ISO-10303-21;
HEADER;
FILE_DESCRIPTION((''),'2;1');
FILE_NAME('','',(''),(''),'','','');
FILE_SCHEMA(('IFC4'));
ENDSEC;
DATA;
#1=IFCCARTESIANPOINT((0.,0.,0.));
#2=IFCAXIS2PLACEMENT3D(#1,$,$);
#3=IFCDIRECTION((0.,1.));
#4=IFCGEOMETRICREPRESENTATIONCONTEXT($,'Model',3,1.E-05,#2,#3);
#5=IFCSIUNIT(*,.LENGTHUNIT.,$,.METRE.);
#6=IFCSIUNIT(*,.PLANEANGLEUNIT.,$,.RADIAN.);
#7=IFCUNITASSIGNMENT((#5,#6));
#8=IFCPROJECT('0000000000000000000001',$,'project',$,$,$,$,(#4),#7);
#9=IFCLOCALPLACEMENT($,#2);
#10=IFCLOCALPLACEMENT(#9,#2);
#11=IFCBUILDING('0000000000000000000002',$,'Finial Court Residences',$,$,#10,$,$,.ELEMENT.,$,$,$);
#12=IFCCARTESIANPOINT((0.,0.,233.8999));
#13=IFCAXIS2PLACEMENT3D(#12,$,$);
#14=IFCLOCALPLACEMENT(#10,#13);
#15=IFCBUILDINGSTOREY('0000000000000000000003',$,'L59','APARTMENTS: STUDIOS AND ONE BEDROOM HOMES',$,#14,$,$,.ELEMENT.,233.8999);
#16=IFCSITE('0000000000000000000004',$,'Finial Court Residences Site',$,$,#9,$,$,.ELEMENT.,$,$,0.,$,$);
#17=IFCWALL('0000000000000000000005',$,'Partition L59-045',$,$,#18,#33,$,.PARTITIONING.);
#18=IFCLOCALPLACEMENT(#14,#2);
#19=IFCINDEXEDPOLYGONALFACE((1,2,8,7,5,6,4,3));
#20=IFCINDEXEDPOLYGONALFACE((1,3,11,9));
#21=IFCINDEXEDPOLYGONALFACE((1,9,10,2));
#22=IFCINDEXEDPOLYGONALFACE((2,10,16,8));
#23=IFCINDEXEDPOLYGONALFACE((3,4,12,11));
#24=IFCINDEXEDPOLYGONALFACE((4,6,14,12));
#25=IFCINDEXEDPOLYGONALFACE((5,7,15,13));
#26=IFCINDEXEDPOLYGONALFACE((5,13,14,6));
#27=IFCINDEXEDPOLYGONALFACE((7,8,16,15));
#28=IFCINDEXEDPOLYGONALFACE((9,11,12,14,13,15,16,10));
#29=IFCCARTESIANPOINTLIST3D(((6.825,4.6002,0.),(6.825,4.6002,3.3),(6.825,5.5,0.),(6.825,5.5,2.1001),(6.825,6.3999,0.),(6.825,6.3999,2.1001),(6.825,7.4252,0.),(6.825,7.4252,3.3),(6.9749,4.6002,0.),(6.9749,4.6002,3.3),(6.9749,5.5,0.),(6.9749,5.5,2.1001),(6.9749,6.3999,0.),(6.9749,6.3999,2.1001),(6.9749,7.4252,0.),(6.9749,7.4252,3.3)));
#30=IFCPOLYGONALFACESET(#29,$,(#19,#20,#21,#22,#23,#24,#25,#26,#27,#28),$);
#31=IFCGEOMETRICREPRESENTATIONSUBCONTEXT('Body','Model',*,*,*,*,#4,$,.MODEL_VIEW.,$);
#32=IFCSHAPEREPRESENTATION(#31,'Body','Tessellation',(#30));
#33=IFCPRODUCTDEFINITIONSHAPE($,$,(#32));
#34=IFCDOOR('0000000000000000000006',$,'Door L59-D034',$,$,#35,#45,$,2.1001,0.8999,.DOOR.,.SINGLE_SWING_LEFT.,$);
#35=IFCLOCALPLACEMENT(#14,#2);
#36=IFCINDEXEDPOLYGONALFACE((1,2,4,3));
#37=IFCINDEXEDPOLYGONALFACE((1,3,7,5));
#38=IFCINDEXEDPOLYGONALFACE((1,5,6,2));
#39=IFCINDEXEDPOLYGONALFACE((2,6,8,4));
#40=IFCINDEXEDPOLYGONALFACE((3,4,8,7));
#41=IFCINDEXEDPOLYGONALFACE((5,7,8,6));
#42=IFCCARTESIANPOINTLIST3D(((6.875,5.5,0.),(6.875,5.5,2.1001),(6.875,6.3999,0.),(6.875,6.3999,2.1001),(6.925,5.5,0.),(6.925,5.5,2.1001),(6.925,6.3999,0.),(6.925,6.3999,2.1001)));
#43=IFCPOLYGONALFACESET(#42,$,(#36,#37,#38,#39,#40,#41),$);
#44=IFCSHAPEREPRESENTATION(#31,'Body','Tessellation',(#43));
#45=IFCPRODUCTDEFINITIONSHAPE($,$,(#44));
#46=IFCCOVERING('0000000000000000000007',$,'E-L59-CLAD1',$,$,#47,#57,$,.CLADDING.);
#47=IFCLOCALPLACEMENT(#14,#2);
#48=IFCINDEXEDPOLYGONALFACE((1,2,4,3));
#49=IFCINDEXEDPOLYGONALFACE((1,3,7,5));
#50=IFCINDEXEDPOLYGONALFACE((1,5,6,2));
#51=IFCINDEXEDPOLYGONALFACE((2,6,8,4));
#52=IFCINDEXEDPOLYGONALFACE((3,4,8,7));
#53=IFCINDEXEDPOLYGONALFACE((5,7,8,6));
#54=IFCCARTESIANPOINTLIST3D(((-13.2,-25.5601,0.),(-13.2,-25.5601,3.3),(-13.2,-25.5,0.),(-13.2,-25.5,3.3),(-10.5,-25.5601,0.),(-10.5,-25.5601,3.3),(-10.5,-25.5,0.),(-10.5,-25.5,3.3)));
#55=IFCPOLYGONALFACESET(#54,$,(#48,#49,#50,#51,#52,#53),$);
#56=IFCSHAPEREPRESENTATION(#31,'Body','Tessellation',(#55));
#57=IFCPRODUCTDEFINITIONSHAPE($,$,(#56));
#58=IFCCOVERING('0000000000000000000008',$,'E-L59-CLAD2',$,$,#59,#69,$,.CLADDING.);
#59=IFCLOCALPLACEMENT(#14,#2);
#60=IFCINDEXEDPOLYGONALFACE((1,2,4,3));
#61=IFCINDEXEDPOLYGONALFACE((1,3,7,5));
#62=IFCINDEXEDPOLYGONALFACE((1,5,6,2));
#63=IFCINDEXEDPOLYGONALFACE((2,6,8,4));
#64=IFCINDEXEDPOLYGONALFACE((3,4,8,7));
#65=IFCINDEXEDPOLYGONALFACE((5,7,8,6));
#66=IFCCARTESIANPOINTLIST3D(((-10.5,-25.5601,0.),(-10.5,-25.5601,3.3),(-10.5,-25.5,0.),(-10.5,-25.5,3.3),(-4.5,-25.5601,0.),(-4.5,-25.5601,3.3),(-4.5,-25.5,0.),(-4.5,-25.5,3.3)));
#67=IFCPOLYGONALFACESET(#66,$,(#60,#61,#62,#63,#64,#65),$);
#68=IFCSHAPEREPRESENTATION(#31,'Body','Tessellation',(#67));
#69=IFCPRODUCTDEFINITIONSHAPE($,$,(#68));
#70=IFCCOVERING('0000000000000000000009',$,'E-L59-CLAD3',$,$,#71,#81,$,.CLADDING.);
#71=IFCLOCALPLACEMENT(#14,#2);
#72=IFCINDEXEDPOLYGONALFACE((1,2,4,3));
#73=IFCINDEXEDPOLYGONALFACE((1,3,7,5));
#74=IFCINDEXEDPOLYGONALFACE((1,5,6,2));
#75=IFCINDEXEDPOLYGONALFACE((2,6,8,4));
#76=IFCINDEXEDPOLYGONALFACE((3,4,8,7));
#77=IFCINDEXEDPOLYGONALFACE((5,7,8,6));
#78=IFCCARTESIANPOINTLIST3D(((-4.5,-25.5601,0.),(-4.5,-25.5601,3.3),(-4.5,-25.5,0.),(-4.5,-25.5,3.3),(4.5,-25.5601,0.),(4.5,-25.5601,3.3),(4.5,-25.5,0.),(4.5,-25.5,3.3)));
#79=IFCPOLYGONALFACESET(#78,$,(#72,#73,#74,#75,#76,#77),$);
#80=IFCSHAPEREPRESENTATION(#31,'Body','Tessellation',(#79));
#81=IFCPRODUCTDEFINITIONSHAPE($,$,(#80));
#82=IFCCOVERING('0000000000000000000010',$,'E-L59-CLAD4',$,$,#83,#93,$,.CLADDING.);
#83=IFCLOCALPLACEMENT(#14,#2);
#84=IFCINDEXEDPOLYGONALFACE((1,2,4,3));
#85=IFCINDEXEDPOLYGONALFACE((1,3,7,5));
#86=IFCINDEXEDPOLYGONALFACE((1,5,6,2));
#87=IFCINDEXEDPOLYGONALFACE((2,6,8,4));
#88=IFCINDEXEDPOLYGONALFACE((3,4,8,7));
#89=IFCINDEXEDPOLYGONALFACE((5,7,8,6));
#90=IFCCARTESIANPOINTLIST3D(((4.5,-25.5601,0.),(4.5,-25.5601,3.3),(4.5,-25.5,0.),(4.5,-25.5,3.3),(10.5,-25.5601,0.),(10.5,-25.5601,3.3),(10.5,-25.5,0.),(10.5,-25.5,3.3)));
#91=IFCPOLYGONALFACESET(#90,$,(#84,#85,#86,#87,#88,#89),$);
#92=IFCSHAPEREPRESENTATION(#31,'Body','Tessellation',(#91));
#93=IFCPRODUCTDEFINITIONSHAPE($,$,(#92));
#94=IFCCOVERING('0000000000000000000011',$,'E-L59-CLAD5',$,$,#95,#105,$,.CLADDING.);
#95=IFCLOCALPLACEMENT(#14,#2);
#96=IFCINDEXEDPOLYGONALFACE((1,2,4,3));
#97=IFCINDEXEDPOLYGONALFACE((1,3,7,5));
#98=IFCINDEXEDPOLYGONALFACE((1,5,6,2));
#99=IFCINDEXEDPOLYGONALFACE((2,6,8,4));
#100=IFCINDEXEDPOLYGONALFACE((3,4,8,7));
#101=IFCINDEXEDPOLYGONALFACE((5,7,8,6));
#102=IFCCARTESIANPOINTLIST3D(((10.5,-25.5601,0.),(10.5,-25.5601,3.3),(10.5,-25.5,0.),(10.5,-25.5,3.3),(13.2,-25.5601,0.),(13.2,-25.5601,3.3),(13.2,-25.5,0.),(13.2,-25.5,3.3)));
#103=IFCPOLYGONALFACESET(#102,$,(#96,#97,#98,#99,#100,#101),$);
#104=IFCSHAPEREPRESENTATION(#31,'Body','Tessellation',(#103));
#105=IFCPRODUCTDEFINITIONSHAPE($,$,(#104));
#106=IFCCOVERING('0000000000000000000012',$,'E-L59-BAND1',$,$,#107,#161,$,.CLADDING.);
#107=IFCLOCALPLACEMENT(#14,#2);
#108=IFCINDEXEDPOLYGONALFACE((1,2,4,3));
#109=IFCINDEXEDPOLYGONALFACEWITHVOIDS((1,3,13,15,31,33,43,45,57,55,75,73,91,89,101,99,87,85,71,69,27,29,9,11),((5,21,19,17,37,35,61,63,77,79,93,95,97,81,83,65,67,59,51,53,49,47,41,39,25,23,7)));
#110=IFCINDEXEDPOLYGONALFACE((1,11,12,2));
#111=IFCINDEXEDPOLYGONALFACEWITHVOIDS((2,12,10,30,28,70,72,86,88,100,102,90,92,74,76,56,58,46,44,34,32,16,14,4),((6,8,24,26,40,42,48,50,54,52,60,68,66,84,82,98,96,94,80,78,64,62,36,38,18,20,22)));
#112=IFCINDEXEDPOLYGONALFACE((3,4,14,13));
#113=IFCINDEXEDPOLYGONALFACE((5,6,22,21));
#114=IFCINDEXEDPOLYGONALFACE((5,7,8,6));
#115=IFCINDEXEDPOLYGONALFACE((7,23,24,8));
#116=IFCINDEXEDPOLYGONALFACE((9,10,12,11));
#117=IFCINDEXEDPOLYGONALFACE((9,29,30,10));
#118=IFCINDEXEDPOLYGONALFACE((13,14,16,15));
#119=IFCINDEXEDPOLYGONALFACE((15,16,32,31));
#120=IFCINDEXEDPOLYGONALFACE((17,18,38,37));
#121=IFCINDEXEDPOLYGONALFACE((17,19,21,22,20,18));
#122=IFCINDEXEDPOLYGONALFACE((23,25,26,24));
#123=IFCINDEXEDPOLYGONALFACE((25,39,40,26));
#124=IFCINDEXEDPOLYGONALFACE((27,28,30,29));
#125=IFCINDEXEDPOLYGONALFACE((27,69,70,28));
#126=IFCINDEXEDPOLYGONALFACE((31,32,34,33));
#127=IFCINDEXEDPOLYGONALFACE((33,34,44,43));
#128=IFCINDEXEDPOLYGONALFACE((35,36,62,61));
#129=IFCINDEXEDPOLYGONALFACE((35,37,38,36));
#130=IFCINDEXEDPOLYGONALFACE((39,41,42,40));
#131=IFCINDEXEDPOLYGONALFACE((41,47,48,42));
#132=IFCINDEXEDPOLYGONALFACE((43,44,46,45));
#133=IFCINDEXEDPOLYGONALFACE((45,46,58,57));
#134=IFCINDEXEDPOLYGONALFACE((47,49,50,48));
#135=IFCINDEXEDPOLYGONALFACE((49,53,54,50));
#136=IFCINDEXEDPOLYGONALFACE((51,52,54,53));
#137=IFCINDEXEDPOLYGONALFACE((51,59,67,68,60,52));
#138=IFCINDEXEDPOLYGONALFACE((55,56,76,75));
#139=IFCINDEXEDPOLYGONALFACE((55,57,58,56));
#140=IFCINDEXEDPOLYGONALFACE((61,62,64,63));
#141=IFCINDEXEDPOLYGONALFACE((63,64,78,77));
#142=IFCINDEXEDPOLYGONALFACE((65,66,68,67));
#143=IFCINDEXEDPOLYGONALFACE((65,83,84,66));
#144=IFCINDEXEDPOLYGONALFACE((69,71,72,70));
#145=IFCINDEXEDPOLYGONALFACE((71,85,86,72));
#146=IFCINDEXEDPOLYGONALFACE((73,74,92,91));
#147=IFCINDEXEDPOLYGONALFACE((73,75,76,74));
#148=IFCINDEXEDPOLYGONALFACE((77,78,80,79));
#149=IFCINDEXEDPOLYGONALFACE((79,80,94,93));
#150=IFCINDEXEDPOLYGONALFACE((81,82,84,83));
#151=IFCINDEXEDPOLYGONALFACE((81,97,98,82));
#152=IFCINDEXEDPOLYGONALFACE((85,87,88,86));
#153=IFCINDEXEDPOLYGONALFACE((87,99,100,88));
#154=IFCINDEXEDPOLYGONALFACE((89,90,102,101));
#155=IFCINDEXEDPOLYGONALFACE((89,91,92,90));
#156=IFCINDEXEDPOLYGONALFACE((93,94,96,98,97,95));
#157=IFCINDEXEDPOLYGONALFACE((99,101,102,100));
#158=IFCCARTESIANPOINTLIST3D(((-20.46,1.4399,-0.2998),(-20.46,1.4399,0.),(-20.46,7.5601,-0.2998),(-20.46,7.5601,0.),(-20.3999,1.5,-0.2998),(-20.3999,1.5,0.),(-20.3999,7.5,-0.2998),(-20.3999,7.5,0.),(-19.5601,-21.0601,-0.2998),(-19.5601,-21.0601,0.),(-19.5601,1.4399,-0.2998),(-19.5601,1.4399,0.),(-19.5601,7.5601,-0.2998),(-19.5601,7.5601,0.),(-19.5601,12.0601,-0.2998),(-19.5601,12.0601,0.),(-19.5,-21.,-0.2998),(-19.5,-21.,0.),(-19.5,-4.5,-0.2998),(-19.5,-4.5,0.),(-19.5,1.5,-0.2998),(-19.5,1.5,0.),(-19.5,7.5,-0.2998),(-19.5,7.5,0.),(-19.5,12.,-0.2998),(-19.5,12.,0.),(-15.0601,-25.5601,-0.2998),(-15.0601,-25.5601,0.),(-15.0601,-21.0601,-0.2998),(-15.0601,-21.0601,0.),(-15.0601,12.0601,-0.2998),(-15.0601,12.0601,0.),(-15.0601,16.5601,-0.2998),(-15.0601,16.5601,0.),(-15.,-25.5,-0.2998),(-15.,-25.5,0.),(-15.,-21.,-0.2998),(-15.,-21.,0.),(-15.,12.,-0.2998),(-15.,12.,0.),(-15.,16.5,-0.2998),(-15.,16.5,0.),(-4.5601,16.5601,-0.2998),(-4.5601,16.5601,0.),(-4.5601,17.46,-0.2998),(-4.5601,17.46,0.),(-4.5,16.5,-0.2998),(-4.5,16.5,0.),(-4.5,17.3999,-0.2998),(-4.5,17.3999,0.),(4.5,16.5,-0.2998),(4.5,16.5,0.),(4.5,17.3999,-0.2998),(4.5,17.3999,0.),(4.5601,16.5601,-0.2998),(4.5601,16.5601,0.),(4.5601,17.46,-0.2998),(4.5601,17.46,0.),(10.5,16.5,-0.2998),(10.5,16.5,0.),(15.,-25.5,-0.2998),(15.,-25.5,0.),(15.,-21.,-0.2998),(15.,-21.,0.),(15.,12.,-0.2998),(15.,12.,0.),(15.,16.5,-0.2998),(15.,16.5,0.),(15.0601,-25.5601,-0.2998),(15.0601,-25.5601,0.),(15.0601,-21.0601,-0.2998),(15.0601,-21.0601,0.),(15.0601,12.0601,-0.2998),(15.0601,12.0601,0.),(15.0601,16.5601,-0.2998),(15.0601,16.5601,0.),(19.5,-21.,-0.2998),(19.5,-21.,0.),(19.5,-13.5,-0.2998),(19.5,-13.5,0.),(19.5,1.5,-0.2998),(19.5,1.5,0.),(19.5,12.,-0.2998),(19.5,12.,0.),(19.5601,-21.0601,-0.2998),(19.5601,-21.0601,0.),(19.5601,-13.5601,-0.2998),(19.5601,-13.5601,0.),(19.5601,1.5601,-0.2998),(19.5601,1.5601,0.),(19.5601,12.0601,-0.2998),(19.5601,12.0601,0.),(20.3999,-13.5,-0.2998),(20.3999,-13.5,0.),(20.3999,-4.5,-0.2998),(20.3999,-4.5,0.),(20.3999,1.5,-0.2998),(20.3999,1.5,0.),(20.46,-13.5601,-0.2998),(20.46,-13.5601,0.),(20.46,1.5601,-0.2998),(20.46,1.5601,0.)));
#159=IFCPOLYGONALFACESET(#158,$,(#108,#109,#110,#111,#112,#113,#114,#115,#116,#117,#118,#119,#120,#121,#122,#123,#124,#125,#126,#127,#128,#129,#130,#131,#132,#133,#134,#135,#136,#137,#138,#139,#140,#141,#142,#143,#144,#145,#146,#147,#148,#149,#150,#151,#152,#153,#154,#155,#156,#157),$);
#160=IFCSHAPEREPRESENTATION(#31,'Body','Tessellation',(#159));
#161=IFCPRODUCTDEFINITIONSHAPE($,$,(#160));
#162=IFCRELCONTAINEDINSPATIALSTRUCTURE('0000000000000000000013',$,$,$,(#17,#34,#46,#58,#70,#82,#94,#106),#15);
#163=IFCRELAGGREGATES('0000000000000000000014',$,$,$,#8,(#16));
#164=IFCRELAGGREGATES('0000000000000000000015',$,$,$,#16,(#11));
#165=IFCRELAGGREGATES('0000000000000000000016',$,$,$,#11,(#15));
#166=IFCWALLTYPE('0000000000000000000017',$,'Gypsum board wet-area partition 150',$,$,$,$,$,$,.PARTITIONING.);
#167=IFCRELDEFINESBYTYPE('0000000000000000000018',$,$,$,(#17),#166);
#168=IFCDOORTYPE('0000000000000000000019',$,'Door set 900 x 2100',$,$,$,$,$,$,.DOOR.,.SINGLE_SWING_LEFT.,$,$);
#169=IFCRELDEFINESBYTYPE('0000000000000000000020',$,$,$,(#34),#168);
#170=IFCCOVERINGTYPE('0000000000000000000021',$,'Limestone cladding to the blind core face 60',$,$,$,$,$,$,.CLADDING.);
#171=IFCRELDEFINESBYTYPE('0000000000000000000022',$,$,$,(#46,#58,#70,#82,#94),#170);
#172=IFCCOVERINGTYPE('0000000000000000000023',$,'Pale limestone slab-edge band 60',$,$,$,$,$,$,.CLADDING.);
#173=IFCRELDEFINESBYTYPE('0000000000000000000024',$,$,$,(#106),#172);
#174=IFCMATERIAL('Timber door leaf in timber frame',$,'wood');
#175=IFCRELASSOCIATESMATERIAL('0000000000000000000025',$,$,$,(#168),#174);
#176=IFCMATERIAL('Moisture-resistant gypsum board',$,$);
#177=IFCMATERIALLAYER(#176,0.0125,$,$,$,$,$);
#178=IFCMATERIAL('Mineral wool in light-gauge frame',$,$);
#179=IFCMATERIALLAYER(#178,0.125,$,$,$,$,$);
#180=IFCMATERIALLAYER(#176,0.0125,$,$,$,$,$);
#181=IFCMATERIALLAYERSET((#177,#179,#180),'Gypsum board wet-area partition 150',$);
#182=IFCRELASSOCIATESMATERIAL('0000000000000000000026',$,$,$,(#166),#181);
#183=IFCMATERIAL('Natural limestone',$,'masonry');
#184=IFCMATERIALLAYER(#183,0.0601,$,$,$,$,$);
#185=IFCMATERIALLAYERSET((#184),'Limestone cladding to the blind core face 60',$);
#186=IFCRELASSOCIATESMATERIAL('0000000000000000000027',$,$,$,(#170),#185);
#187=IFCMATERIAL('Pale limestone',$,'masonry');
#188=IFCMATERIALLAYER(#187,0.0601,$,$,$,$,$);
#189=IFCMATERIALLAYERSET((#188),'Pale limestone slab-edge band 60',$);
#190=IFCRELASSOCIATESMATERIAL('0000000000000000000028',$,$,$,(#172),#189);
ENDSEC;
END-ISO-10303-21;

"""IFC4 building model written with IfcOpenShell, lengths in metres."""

from ifc_helpers import new_model, si_unit, direction, frame, frame_2d, origin, place, context, subcontext, project, spatial, polyline, rectangle, outline, extrude, material, layer, layer_set, type_object, element, fill, save


model = new_model("IFC4")

# Units and contexts
model_context = context("Model", 3, precision=1e-05, world=origin(), true_north=direction((0.0, 1.0)))
body_context = subcontext(model_context, "Body", "Model", "MODEL_VIEW")
ifc_project = project(units=[si_unit("LENGTHUNIT", "METRE"), si_unit("PLANEANGLEUNIT", "RADIAN")], contexts=[model_context])

# Site, building, storey
site_placement = place(None, origin())
site = spatial("IfcSite", under=ifc_project, at=site_placement, Name="Finial Court Residences Site", CompositionType="ELEMENT", RefElevation=0.0)
building_placement = place(site_placement, origin())
building = spatial("IfcBuilding", under=site, at=building_placement, Name="Finial Court Residences", CompositionType="ELEMENT")
storey_placement = place(building_placement, frame((0.0, 0.0, 233.8999)))
storey = spatial("IfcBuildingStorey", under=building, at=storey_placement, Name="L59", Description="APARTMENTS: STUDIOS AND ONE BEDROOM HOMES", CompositionType="ELEMENT", Elevation=233.8999)

# Shared definitions
ifc_material_1 = material(Name="Mineral wool in light-gauge frame")
ifc_material_2 = material(Name="Timber door leaf in timber frame", Category="wood")
door_type = type_object("IfcDoorType", Name="Door set 900 x 2100", OperationType="SINGLE_SWING_LEFT", PredefinedType="DOOR", material=ifc_material_2)

# Shared definitions
ifc_material_3 = material(Name="Moisture-resistant gypsum board")
ifc_layer_1 = layer(ifc_material_3, 0.0125)
ifc_layer_2 = layer(ifc_material_1, 0.125)
ifc_layer_3 = layer(ifc_material_3, 0.0125)
ifc_layer_set_1 = layer_set([ifc_layer_1, ifc_layer_2, ifc_layer_3], Name="Gypsum board wet-area partition 150")
wall_type_1 = type_object("IfcWallType", Name="Gypsum board wet-area partition 150", PredefinedType="PARTITIONING", material=ifc_layer_set_1)

# Wall, opening, door
wall_1_placement = place(storey_placement, frame((6.8999, 4.6001, 0.0), z_axis=(0.0, 0.0, 1.0), x_axis=(0.0, 1.0, 0.0)))
wall_1 = element("IfcWall", 1, at=wall_1_placement, inside=storey, type_object=wall_type_1, Name="Partition L59-045", PredefinedType="PARTITIONING", context=body_context, shape_type="SweptSolid", body=[
    extrude(rectangle(XDim=2.825, YDim=0.1499, at=frame_2d((1.4126, 0.0))), origin(), (0.0, 0.0, 1.0), 3.3),
])
opening_1_placement = place(wall_1_placement, frame((0.8999, 0.0, 0.0)))
opening_1 = element("IfcOpeningElement", 2, at=opening_1_placement, cuts=wall_1, PredefinedType="OPENING", context=body_context, shape_type="SweptSolid", body=[
    extrude(rectangle(XDim=0.8999, YDim=2.1001, at=frame_2d((0.45, 1.05))), frame((0.0, 0.085, 0.0), z_axis=(0.0, -1.0, 0.0), x_axis=(1.0, 0.0, 0.0)), (0.0, 0.0, 1.0), 0.1699),
])
door_1_placement = place(opening_1_placement, origin())
door_1 = element("IfcDoor", 3, at=door_1_placement, inside=storey, type_object=door_type, Name="Door L59-D034", OperationType="SINGLE_SWING_LEFT", OverallHeight=2.1001, OverallWidth=0.8999, PredefinedType="DOOR", context=body_context, shape_type="SweptSolid", body=[
    extrude(rectangle(XDim=0.8999, YDim=2.1001, at=frame_2d((0.45, 1.05))), frame((0.0, 0.0249, 0.0), z_axis=(0.0, -1.0, 0.0), x_axis=(1.0, 0.0, 0.0)), (0.0, 0.0, 1.0), 0.05),
])
fill(opening_1, door_1)

# Coverings
ifc_material_4 = material(Name="Natural limestone", Category="masonry")
ifc_layer_4 = layer(ifc_material_4, 0.0601)
ifc_layer_set_2 = layer_set([ifc_layer_4], Name="Limestone cladding to the blind core face 60")
covering_type_1 = type_object("IfcCoveringType", Name="Limestone cladding to the blind core face 60", PredefinedType="CLADDING", material=ifc_layer_set_2)
covering_1_placement = place(storey_placement, origin())
element("IfcCovering", 4, at=covering_1_placement, inside=storey, type_object=covering_type_1, Name="E-L59-CLAD1", PredefinedType="CLADDING", context=body_context, shape_type="SweptSolid", body=[
    extrude(outline(polyline([(-10.5, -25.5601), (-10.5, -25.5), (-13.2, -25.5), (-13.2, -25.5601), (-10.5, -25.5601)])), origin(), (0.0, 0.0, 1.0), 3.3),
])
covering_2_placement = place(storey_placement, origin())
element("IfcCovering", 5, at=covering_2_placement, inside=storey, type_object=covering_type_1, Name="E-L59-CLAD2", PredefinedType="CLADDING", context=body_context, shape_type="SweptSolid", body=[
    extrude(outline(polyline([(-4.5, -25.5601), (-4.5, -25.5), (-10.5, -25.5), (-10.5, -25.5601), (-4.5, -25.5601)])), origin(), (0.0, 0.0, 1.0), 3.3),
])
covering_3_placement = place(storey_placement, origin())
element("IfcCovering", 6, at=covering_3_placement, inside=storey, type_object=covering_type_1, Name="E-L59-CLAD3", PredefinedType="CLADDING", context=body_context, shape_type="SweptSolid", body=[
    extrude(outline(polyline([(4.5, -25.5601), (4.5, -25.5), (-4.5, -25.5), (-4.5, -25.5601), (4.5, -25.5601)])), origin(), (0.0, 0.0, 1.0), 3.3),
])
covering_4_placement = place(storey_placement, origin())
element("IfcCovering", 7, at=covering_4_placement, inside=storey, type_object=covering_type_1, Name="E-L59-CLAD4", PredefinedType="CLADDING", context=body_context, shape_type="SweptSolid", body=[
    extrude(outline(polyline([(10.5, -25.5601), (10.5, -25.5), (4.5, -25.5), (4.5, -25.5601), (10.5, -25.5601)])), origin(), (0.0, 0.0, 1.0), 3.3),
])
covering_5_placement = place(storey_placement, origin())
element("IfcCovering", 8, at=covering_5_placement, inside=storey, type_object=covering_type_1, Name="E-L59-CLAD5", PredefinedType="CLADDING", context=body_context, shape_type="SweptSolid", body=[
    extrude(outline(polyline([(13.2, -25.5601), (13.2, -25.5), (10.5, -25.5), (10.5, -25.5601), (13.2, -25.5601)])), origin(), (0.0, 0.0, 1.0), 3.3),
])
ifc_material_5 = material(Name="Pale limestone", Category="masonry")
ifc_layer_5 = layer(ifc_material_5, 0.0601)
ifc_layer_set_3 = layer_set([ifc_layer_5], Name="Pale limestone slab-edge band 60")
covering_type_2 = type_object("IfcCoveringType", Name="Pale limestone slab-edge band 60", PredefinedType="CLADDING", material=ifc_layer_set_3)
covering_6_placement = place(storey_placement, frame((0.0, 0.0, -0.2998)))
element("IfcCovering", 9, at=covering_6_placement, inside=storey, type_object=covering_type_2, Name="E-L59-BAND1", PredefinedType="CLADDING", context=body_context, shape_type="SweptSolid", body=[
    extrude(outline(polyline([(15.0601, -21.0601), (15.0601, -25.5601), (-15.0601, -25.5601), (-15.0601, -21.0601), (-19.5601, -21.0601), (-19.5601, 1.4399), (-20.46, 1.4399), (-20.46, 7.5601), (-19.5601, 7.5601), (-19.5601, 12.0601), (-15.0601, 12.0601), (-15.0601, 16.5601), (-4.5601, 16.5601), (-4.5601, 17.46), (4.5601, 17.46), (4.5601, 16.5601), (15.0601, 16.5601), (15.0601, 12.0601), (19.5601, 12.0601), (19.5601, 1.5601), (20.46, 1.5601), (20.46, -13.5601), (19.5601, -13.5601), (19.5601, -21.0601), (15.0601, -21.0601)]), holes=[polyline([(19.5, -13.5), (20.3999, -13.5), (20.3999, -4.5), (20.3999, 1.5), (19.5, 1.5), (19.5, 12.0), (15.0, 12.0), (15.0, 16.5), (10.5, 16.5), (4.5, 16.5), (4.5, 17.3999), (-4.5, 17.3999), (-4.5, 16.5), (-15.0, 16.5), (-15.0, 12.0), (-19.5, 12.0), (-19.5, 7.5), (-20.3999, 7.5), (-20.3999, 1.5), (-19.5, 1.5), (-19.5, -4.5), (-19.5, -21.0), (-15.0, -21.0), (-15.0, -25.5), (15.0, -25.5), (15.0, -21.0), (19.5, -21.0), (19.5, -13.5)])]), origin(), (0.0, 0.0, 1.0), 0.2998),
])

save(model, "model.ifc")
